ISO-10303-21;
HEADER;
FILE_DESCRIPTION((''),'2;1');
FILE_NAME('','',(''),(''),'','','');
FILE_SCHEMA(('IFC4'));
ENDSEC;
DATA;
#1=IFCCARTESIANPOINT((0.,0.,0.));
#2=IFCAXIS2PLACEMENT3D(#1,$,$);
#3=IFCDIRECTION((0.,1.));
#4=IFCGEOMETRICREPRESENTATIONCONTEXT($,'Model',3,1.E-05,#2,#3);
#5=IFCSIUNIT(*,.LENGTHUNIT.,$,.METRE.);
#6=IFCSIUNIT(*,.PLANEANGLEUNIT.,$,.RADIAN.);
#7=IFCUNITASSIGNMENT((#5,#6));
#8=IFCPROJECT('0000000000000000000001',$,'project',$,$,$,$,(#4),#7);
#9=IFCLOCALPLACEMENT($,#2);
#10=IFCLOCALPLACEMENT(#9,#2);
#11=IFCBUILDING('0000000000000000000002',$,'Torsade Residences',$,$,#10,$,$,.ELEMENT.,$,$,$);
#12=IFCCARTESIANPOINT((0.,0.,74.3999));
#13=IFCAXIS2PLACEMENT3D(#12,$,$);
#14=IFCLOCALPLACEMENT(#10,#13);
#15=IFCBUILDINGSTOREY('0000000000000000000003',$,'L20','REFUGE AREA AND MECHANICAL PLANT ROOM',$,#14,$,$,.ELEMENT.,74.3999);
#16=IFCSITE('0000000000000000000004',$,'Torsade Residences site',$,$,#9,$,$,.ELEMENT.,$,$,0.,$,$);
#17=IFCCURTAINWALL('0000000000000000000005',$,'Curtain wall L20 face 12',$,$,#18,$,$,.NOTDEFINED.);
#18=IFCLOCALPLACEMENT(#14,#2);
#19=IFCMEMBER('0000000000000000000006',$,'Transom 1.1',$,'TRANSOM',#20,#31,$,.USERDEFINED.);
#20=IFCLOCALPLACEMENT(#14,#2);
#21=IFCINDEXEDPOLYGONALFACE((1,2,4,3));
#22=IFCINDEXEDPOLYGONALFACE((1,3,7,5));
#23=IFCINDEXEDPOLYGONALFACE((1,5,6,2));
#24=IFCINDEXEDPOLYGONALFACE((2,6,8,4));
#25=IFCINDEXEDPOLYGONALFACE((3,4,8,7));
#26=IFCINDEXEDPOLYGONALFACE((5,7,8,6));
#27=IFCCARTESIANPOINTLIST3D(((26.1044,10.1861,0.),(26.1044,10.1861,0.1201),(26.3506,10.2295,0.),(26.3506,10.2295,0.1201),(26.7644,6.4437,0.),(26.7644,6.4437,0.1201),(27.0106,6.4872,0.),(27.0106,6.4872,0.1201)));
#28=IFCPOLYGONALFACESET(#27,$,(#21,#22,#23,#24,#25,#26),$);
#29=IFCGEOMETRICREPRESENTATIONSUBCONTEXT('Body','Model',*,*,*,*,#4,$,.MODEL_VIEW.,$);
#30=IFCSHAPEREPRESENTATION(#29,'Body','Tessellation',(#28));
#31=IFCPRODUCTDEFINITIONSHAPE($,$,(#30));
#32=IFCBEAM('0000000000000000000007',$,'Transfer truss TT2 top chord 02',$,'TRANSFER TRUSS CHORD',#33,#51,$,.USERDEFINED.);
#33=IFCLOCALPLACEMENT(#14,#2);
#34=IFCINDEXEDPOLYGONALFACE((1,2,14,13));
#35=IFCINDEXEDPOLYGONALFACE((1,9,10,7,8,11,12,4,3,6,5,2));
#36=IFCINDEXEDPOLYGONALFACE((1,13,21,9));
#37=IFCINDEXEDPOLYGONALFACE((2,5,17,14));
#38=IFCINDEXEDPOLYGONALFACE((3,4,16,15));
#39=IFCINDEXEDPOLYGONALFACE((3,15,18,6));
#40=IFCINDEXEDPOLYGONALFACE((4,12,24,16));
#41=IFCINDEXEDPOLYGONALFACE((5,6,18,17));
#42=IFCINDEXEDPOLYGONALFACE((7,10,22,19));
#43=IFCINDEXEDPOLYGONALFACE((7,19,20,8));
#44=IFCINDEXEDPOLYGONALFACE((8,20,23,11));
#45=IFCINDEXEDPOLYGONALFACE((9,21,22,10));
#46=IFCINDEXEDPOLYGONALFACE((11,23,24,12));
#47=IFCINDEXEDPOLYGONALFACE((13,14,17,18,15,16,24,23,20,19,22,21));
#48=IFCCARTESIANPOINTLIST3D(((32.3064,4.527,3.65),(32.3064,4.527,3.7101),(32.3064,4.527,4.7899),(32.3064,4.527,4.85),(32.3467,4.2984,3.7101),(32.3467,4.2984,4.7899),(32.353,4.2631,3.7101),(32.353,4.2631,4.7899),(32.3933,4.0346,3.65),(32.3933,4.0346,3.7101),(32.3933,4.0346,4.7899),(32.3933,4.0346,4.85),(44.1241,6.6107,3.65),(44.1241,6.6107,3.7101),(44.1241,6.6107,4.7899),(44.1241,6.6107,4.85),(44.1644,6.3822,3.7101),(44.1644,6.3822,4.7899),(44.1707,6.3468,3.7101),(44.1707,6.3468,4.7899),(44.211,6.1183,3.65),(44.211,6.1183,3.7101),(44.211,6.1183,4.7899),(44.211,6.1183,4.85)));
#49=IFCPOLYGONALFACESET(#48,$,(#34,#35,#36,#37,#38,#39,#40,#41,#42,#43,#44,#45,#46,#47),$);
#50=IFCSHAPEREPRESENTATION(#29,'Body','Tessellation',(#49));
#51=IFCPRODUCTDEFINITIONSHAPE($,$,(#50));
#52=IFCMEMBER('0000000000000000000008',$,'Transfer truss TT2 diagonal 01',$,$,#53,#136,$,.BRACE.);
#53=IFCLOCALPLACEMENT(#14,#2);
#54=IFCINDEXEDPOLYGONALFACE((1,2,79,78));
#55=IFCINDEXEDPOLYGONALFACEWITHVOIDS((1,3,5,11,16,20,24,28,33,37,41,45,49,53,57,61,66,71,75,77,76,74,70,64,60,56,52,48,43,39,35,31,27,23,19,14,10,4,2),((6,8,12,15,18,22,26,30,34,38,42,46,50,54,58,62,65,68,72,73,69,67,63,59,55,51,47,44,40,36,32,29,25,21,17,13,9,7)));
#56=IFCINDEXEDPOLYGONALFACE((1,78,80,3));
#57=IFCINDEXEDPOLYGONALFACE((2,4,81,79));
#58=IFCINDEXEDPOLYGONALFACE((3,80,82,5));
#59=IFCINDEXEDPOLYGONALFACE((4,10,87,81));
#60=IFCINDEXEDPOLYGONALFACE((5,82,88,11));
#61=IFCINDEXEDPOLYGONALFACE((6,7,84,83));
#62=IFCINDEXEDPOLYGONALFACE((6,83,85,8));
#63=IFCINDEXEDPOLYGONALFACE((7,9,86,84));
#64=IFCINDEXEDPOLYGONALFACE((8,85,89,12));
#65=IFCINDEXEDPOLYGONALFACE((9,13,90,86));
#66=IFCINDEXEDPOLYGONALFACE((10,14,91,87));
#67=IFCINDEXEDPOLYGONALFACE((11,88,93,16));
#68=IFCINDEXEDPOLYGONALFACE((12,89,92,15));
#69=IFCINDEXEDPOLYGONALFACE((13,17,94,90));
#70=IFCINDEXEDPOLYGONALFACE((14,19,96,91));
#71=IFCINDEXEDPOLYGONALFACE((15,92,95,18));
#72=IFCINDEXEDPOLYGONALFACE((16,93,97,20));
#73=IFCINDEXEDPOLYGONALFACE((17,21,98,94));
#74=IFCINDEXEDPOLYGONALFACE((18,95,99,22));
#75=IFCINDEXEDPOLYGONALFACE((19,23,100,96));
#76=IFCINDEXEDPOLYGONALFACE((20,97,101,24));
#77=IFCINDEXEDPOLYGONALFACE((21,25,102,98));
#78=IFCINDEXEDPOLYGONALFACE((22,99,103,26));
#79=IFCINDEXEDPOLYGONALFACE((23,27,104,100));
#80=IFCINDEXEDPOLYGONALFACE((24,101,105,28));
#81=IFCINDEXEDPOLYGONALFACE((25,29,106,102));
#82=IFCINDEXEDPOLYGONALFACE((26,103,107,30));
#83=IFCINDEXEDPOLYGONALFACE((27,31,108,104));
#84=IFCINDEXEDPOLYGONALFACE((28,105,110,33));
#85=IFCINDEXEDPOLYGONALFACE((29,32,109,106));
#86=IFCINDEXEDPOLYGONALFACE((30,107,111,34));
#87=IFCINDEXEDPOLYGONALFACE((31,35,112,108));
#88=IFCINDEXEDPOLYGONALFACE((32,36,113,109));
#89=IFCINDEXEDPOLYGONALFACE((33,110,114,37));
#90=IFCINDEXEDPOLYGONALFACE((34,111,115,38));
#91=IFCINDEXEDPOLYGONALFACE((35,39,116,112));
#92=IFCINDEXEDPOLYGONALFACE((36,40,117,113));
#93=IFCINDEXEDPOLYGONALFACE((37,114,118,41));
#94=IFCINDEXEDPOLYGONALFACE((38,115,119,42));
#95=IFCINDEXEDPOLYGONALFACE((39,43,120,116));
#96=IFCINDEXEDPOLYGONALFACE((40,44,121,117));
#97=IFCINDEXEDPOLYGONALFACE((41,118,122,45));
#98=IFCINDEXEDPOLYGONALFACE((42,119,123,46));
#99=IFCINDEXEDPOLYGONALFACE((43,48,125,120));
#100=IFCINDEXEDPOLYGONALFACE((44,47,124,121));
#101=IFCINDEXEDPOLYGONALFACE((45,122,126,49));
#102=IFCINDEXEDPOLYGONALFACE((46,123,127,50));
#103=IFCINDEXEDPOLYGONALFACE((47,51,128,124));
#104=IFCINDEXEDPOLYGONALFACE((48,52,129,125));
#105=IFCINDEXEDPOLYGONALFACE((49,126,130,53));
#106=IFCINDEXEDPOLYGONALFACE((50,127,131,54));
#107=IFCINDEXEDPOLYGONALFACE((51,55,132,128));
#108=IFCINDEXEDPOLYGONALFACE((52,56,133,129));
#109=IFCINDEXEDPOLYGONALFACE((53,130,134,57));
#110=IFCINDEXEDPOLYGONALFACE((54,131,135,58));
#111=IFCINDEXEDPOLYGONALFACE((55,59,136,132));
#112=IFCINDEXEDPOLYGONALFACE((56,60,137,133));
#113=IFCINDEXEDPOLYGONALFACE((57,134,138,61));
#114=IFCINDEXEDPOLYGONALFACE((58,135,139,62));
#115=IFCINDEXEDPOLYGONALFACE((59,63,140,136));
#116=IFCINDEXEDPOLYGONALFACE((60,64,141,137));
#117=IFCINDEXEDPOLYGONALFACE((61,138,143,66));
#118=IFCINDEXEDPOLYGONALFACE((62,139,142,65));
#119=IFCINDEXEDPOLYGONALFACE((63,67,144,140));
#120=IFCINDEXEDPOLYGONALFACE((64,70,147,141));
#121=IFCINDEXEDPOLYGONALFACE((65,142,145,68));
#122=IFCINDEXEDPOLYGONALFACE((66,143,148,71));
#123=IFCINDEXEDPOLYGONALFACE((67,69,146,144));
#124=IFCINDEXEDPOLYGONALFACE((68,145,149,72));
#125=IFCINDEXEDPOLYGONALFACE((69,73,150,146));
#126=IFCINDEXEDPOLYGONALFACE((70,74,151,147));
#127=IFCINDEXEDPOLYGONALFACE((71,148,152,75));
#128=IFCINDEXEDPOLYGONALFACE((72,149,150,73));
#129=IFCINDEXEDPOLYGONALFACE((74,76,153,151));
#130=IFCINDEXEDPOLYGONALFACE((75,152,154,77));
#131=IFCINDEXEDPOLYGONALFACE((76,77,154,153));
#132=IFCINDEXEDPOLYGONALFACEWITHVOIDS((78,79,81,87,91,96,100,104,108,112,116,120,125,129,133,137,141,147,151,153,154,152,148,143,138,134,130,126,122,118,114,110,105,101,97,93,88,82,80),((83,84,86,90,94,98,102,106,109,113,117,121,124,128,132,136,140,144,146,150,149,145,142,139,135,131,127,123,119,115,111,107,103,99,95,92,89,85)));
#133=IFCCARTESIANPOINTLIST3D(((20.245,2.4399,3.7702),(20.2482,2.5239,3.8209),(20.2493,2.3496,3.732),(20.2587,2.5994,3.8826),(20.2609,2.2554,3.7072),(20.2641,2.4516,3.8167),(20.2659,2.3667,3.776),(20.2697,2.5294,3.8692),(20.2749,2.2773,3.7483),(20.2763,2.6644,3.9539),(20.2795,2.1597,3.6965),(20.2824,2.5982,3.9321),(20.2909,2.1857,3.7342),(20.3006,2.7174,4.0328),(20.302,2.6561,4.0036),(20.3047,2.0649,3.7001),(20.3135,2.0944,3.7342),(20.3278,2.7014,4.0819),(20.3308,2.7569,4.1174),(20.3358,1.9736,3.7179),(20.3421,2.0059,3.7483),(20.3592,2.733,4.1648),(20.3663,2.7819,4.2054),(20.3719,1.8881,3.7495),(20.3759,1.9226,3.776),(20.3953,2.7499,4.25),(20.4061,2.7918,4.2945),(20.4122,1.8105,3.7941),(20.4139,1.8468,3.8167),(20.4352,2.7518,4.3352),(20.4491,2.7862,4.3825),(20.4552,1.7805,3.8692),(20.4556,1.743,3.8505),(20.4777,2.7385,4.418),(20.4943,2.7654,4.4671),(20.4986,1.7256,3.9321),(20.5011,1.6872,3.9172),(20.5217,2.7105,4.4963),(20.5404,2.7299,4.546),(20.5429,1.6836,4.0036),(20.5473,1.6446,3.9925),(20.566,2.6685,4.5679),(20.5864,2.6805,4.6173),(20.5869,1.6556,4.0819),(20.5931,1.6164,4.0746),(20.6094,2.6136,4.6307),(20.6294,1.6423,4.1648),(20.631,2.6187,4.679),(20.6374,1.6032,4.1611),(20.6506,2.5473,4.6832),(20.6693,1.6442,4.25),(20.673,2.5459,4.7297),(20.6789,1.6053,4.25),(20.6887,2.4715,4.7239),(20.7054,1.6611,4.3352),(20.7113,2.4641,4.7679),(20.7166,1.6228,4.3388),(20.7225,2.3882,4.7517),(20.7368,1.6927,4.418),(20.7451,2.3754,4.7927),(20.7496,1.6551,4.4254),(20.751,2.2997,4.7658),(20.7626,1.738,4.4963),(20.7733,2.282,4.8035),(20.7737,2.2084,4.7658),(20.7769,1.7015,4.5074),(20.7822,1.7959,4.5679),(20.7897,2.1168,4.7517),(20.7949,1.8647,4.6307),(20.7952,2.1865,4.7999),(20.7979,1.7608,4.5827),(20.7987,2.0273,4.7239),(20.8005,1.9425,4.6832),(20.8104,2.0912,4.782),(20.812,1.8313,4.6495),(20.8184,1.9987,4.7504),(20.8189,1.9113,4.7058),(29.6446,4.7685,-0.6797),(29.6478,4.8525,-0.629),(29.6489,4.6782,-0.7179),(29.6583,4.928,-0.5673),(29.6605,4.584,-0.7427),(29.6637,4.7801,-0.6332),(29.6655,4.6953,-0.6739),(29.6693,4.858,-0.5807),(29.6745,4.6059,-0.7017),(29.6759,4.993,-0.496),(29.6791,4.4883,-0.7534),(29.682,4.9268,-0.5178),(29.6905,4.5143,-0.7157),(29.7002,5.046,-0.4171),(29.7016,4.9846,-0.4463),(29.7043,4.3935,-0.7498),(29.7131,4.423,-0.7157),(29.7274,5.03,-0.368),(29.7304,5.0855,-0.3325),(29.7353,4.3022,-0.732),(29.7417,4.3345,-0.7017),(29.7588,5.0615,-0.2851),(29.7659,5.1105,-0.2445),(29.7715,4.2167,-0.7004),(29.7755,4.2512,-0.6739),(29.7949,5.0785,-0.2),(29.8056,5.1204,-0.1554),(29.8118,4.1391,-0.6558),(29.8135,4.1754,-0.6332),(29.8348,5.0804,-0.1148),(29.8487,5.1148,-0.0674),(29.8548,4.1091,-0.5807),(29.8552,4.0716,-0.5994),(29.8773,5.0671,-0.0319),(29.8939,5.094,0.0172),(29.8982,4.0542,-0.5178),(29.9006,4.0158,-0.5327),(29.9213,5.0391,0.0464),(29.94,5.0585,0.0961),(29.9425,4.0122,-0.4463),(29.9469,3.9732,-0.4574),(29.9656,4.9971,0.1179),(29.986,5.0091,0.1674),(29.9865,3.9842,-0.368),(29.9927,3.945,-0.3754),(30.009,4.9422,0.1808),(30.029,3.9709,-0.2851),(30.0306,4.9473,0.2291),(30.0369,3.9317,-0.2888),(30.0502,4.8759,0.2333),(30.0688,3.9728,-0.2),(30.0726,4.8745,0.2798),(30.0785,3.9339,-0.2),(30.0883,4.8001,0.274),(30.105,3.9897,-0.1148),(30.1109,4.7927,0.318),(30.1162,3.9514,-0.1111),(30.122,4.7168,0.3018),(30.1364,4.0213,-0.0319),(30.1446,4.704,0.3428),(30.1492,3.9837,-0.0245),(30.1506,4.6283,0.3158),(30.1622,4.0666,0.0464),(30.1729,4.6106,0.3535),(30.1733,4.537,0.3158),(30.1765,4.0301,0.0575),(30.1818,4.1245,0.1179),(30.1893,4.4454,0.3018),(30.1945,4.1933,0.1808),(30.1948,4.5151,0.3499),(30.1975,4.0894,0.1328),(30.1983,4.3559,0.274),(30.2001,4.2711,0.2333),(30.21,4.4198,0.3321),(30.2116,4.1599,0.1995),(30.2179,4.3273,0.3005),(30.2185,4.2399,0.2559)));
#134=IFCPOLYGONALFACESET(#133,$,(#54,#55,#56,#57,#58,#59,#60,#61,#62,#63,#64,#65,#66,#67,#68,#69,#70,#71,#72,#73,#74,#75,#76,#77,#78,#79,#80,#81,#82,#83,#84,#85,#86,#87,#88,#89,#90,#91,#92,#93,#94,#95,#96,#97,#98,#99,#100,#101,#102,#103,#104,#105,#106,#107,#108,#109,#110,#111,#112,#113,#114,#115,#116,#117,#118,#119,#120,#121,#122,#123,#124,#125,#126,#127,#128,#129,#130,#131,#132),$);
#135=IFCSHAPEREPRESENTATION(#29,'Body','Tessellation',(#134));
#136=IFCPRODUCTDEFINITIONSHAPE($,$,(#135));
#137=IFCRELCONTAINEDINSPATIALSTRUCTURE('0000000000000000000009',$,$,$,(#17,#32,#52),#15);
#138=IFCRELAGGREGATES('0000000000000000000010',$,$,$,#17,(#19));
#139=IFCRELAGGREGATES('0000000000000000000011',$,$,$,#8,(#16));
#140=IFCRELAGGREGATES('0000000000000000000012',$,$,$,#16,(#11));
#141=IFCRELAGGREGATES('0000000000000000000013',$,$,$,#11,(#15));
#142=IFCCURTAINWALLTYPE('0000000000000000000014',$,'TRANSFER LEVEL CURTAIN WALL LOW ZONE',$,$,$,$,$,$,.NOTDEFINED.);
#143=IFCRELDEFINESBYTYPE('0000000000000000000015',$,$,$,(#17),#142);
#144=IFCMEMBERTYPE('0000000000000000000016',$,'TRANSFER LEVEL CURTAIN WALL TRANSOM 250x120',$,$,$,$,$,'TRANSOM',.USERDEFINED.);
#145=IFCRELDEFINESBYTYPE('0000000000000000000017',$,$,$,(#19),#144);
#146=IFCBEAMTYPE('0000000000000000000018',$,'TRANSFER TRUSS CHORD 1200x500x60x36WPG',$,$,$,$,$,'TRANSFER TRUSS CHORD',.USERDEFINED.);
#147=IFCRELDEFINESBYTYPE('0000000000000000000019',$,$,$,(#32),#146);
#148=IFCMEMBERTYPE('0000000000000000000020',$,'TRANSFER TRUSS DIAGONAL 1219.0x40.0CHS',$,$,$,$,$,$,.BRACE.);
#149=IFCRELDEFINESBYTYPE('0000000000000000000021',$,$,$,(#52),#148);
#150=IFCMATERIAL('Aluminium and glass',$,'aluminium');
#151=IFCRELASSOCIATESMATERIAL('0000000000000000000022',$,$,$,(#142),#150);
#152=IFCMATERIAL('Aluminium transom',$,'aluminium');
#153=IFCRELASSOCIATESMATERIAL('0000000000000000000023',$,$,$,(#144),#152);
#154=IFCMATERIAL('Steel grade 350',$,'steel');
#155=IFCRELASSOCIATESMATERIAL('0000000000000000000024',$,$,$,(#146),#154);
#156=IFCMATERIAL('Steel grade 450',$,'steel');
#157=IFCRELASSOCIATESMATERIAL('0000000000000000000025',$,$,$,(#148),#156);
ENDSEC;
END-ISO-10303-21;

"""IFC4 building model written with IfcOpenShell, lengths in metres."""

from ifc_helpers import new_model, si_unit, direction, frame, origin, origin_2d, place, context, subcontext, project, spatial, rectangle, hollow_circle, i_section, extrude, material, material_profile, profile_set, type_object, element, aggregate, save


model = new_model("IFC4")

# Units and contexts
model_context = context("Model", 3, precision=1e-05, world=origin(), true_north=direction((0.0, 1.0)))
body_context = subcontext(model_context, "Body", "Model", "MODEL_VIEW")
ifc_project = project(units=[si_unit("LENGTHUNIT", "METRE"), si_unit("PLANEANGLEUNIT", "RADIAN")], contexts=[model_context])

# Site, building, storey
site_placement = place(None, origin())
site = spatial("IfcSite", under=ifc_project, at=site_placement, Name="Torsade Residences site", CompositionType="ELEMENT", RefElevation=0.0)
building_placement = place(site_placement, origin())
building = spatial("IfcBuilding", under=site, at=building_placement, Name="Torsade Residences", CompositionType="ELEMENT")
storey_placement = place(building_placement, frame((0.0, 0.0, 74.3999)))
storey = spatial("IfcBuildingStorey", under=building, at=storey_placement, Name="L20", Description="REFUGE AREA AND MECHANICAL PLANT ROOM", CompositionType="ELEMENT", Elevation=74.3999)

# Curtain wall
ifc_material_1 = material(Name="Aluminium and glass", Category="aluminium")
curtain_wall_type = type_object("IfcCurtainWallType", Name="TRANSFER LEVEL CURTAIN WALL LOW ZONE", PredefinedType="NOTDEFINED", material=ifc_material_1)
curtain_wall_1_placement = place(storey_placement, origin())
curtain_wall_1 = element("IfcCurtainWall", 1, at=curtain_wall_1_placement, inside=storey, type_object=curtain_wall_type, Name="Curtain wall L20 face 12", PredefinedType="NOTDEFINED")

# Member
ifc_material_2 = material(Name="Aluminium transom", Category="aluminium")
ifc_material_profile_1 = material_profile(ifc_material_2, rectangle(XDim=0.25, YDim=0.1201, at=origin_2d()), Name="TRANSFER LEVEL CURTAIN WALL TRANSOM 250x120")
ifc_profile_set_1 = profile_set([ifc_material_profile_1], Name="Aluminium transom")
member_type_1 = type_object("IfcMemberType", Name="TRANSFER LEVEL CURTAIN WALL TRANSOM 250x120", ElementType="TRANSOM", PredefinedType="USERDEFINED", material=ifc_profile_set_1)
member_1_placement = place(storey_placement, frame((26.2275, 10.2078, 0.0601), z_axis=(0.173664, -0.984805, 0.0), x_axis=(0.984805, 0.173664, 0.0)))
member_1 = element("IfcMember", 2, at=member_1_placement, type_object=member_type_1, Name="Transom 1.1", ObjectType="TRANSOM", PredefinedType="USERDEFINED", context=body_context, shape_type="SweptSolid", body=[
    extrude(rectangle(XDim=0.25, YDim=0.1201, at=origin_2d()), origin(), (0.0, 0.0, 1.0), 3.8),
])

# Beam
ifc_material_3 = material(Name="Steel grade 350", Category="steel")
ifc_material_profile_2 = material_profile(ifc_material_3, i_section(OverallWidth=0.5, OverallDepth=1.2, WebThickness=0.0359, FlangeThickness=0.0601, at=origin_2d()), Name="1200x500x60x36WPG")
ifc_profile_set_2 = profile_set([ifc_material_profile_2], Name="Steel grade 350")
beam_type_1 = type_object("IfcBeamType", Name="TRANSFER TRUSS CHORD 1200x500x60x36WPG", ElementType="TRANSFER TRUSS CHORD", PredefinedType="USERDEFINED", material=ifc_profile_set_2)
beam_1_placement = place(storey_placement, frame((32.3499, 4.2808, 4.25), z_axis=(0.984808, 0.173646, 0.0), x_axis=(-0.173646, 0.984808, 0.0)))
element("IfcBeam", 3, at=beam_1_placement, inside=storey, type_object=beam_type_1, Name="Transfer truss TT2 top chord 02", ObjectType="TRANSFER TRUSS CHORD", PredefinedType="USERDEFINED", context=body_context, shape_type="SweptSolid", body=[
    extrude(i_section(OverallWidth=0.5, OverallDepth=1.2, WebThickness=0.0359, FlangeThickness=0.0601, at=origin_2d()), origin(), (0.0, 0.0, 1.0), 12.0),
])

# Member
ifc_material_4 = material(Name="Steel grade 450", Category="steel")
ifc_material_profile_3 = material_profile(ifc_material_4, hollow_circle(Radius=0.6096, WallThickness=0.04, at=origin_2d()), Name="1219.0x40.0CHS")
ifc_profile_set_3 = profile_set([ifc_material_profile_3], Name="Steel grade 450")
member_type_2 = type_object("IfcMemberType", Name="TRANSFER TRUSS DIAGONAL 1219.0x40.0CHS", PredefinedType="BRACE", material=ifc_profile_set_3)
member_2_placement = place(storey_placement, frame((29.9319, 4.5256, -0.2), z_axis=(-0.881992, -0.218499, 0.41755), x_axis=(0.240465, -0.970658, 0.0)))
element("IfcMember", 4, at=member_2_placement, inside=storey, type_object=member_type_2, Name="Transfer truss TT2 diagonal 01", PredefinedType="BRACE", context=body_context, shape_type="SweptSolid", body=[
    extrude(hollow_circle(Radius=0.6096, WallThickness=0.04, at=origin_2d()), origin(), (0.0, 0.0, 1.0), 10.6572),
])

aggregate(curtain_wall_1, [member_1])

save(model, "model.ifc")
